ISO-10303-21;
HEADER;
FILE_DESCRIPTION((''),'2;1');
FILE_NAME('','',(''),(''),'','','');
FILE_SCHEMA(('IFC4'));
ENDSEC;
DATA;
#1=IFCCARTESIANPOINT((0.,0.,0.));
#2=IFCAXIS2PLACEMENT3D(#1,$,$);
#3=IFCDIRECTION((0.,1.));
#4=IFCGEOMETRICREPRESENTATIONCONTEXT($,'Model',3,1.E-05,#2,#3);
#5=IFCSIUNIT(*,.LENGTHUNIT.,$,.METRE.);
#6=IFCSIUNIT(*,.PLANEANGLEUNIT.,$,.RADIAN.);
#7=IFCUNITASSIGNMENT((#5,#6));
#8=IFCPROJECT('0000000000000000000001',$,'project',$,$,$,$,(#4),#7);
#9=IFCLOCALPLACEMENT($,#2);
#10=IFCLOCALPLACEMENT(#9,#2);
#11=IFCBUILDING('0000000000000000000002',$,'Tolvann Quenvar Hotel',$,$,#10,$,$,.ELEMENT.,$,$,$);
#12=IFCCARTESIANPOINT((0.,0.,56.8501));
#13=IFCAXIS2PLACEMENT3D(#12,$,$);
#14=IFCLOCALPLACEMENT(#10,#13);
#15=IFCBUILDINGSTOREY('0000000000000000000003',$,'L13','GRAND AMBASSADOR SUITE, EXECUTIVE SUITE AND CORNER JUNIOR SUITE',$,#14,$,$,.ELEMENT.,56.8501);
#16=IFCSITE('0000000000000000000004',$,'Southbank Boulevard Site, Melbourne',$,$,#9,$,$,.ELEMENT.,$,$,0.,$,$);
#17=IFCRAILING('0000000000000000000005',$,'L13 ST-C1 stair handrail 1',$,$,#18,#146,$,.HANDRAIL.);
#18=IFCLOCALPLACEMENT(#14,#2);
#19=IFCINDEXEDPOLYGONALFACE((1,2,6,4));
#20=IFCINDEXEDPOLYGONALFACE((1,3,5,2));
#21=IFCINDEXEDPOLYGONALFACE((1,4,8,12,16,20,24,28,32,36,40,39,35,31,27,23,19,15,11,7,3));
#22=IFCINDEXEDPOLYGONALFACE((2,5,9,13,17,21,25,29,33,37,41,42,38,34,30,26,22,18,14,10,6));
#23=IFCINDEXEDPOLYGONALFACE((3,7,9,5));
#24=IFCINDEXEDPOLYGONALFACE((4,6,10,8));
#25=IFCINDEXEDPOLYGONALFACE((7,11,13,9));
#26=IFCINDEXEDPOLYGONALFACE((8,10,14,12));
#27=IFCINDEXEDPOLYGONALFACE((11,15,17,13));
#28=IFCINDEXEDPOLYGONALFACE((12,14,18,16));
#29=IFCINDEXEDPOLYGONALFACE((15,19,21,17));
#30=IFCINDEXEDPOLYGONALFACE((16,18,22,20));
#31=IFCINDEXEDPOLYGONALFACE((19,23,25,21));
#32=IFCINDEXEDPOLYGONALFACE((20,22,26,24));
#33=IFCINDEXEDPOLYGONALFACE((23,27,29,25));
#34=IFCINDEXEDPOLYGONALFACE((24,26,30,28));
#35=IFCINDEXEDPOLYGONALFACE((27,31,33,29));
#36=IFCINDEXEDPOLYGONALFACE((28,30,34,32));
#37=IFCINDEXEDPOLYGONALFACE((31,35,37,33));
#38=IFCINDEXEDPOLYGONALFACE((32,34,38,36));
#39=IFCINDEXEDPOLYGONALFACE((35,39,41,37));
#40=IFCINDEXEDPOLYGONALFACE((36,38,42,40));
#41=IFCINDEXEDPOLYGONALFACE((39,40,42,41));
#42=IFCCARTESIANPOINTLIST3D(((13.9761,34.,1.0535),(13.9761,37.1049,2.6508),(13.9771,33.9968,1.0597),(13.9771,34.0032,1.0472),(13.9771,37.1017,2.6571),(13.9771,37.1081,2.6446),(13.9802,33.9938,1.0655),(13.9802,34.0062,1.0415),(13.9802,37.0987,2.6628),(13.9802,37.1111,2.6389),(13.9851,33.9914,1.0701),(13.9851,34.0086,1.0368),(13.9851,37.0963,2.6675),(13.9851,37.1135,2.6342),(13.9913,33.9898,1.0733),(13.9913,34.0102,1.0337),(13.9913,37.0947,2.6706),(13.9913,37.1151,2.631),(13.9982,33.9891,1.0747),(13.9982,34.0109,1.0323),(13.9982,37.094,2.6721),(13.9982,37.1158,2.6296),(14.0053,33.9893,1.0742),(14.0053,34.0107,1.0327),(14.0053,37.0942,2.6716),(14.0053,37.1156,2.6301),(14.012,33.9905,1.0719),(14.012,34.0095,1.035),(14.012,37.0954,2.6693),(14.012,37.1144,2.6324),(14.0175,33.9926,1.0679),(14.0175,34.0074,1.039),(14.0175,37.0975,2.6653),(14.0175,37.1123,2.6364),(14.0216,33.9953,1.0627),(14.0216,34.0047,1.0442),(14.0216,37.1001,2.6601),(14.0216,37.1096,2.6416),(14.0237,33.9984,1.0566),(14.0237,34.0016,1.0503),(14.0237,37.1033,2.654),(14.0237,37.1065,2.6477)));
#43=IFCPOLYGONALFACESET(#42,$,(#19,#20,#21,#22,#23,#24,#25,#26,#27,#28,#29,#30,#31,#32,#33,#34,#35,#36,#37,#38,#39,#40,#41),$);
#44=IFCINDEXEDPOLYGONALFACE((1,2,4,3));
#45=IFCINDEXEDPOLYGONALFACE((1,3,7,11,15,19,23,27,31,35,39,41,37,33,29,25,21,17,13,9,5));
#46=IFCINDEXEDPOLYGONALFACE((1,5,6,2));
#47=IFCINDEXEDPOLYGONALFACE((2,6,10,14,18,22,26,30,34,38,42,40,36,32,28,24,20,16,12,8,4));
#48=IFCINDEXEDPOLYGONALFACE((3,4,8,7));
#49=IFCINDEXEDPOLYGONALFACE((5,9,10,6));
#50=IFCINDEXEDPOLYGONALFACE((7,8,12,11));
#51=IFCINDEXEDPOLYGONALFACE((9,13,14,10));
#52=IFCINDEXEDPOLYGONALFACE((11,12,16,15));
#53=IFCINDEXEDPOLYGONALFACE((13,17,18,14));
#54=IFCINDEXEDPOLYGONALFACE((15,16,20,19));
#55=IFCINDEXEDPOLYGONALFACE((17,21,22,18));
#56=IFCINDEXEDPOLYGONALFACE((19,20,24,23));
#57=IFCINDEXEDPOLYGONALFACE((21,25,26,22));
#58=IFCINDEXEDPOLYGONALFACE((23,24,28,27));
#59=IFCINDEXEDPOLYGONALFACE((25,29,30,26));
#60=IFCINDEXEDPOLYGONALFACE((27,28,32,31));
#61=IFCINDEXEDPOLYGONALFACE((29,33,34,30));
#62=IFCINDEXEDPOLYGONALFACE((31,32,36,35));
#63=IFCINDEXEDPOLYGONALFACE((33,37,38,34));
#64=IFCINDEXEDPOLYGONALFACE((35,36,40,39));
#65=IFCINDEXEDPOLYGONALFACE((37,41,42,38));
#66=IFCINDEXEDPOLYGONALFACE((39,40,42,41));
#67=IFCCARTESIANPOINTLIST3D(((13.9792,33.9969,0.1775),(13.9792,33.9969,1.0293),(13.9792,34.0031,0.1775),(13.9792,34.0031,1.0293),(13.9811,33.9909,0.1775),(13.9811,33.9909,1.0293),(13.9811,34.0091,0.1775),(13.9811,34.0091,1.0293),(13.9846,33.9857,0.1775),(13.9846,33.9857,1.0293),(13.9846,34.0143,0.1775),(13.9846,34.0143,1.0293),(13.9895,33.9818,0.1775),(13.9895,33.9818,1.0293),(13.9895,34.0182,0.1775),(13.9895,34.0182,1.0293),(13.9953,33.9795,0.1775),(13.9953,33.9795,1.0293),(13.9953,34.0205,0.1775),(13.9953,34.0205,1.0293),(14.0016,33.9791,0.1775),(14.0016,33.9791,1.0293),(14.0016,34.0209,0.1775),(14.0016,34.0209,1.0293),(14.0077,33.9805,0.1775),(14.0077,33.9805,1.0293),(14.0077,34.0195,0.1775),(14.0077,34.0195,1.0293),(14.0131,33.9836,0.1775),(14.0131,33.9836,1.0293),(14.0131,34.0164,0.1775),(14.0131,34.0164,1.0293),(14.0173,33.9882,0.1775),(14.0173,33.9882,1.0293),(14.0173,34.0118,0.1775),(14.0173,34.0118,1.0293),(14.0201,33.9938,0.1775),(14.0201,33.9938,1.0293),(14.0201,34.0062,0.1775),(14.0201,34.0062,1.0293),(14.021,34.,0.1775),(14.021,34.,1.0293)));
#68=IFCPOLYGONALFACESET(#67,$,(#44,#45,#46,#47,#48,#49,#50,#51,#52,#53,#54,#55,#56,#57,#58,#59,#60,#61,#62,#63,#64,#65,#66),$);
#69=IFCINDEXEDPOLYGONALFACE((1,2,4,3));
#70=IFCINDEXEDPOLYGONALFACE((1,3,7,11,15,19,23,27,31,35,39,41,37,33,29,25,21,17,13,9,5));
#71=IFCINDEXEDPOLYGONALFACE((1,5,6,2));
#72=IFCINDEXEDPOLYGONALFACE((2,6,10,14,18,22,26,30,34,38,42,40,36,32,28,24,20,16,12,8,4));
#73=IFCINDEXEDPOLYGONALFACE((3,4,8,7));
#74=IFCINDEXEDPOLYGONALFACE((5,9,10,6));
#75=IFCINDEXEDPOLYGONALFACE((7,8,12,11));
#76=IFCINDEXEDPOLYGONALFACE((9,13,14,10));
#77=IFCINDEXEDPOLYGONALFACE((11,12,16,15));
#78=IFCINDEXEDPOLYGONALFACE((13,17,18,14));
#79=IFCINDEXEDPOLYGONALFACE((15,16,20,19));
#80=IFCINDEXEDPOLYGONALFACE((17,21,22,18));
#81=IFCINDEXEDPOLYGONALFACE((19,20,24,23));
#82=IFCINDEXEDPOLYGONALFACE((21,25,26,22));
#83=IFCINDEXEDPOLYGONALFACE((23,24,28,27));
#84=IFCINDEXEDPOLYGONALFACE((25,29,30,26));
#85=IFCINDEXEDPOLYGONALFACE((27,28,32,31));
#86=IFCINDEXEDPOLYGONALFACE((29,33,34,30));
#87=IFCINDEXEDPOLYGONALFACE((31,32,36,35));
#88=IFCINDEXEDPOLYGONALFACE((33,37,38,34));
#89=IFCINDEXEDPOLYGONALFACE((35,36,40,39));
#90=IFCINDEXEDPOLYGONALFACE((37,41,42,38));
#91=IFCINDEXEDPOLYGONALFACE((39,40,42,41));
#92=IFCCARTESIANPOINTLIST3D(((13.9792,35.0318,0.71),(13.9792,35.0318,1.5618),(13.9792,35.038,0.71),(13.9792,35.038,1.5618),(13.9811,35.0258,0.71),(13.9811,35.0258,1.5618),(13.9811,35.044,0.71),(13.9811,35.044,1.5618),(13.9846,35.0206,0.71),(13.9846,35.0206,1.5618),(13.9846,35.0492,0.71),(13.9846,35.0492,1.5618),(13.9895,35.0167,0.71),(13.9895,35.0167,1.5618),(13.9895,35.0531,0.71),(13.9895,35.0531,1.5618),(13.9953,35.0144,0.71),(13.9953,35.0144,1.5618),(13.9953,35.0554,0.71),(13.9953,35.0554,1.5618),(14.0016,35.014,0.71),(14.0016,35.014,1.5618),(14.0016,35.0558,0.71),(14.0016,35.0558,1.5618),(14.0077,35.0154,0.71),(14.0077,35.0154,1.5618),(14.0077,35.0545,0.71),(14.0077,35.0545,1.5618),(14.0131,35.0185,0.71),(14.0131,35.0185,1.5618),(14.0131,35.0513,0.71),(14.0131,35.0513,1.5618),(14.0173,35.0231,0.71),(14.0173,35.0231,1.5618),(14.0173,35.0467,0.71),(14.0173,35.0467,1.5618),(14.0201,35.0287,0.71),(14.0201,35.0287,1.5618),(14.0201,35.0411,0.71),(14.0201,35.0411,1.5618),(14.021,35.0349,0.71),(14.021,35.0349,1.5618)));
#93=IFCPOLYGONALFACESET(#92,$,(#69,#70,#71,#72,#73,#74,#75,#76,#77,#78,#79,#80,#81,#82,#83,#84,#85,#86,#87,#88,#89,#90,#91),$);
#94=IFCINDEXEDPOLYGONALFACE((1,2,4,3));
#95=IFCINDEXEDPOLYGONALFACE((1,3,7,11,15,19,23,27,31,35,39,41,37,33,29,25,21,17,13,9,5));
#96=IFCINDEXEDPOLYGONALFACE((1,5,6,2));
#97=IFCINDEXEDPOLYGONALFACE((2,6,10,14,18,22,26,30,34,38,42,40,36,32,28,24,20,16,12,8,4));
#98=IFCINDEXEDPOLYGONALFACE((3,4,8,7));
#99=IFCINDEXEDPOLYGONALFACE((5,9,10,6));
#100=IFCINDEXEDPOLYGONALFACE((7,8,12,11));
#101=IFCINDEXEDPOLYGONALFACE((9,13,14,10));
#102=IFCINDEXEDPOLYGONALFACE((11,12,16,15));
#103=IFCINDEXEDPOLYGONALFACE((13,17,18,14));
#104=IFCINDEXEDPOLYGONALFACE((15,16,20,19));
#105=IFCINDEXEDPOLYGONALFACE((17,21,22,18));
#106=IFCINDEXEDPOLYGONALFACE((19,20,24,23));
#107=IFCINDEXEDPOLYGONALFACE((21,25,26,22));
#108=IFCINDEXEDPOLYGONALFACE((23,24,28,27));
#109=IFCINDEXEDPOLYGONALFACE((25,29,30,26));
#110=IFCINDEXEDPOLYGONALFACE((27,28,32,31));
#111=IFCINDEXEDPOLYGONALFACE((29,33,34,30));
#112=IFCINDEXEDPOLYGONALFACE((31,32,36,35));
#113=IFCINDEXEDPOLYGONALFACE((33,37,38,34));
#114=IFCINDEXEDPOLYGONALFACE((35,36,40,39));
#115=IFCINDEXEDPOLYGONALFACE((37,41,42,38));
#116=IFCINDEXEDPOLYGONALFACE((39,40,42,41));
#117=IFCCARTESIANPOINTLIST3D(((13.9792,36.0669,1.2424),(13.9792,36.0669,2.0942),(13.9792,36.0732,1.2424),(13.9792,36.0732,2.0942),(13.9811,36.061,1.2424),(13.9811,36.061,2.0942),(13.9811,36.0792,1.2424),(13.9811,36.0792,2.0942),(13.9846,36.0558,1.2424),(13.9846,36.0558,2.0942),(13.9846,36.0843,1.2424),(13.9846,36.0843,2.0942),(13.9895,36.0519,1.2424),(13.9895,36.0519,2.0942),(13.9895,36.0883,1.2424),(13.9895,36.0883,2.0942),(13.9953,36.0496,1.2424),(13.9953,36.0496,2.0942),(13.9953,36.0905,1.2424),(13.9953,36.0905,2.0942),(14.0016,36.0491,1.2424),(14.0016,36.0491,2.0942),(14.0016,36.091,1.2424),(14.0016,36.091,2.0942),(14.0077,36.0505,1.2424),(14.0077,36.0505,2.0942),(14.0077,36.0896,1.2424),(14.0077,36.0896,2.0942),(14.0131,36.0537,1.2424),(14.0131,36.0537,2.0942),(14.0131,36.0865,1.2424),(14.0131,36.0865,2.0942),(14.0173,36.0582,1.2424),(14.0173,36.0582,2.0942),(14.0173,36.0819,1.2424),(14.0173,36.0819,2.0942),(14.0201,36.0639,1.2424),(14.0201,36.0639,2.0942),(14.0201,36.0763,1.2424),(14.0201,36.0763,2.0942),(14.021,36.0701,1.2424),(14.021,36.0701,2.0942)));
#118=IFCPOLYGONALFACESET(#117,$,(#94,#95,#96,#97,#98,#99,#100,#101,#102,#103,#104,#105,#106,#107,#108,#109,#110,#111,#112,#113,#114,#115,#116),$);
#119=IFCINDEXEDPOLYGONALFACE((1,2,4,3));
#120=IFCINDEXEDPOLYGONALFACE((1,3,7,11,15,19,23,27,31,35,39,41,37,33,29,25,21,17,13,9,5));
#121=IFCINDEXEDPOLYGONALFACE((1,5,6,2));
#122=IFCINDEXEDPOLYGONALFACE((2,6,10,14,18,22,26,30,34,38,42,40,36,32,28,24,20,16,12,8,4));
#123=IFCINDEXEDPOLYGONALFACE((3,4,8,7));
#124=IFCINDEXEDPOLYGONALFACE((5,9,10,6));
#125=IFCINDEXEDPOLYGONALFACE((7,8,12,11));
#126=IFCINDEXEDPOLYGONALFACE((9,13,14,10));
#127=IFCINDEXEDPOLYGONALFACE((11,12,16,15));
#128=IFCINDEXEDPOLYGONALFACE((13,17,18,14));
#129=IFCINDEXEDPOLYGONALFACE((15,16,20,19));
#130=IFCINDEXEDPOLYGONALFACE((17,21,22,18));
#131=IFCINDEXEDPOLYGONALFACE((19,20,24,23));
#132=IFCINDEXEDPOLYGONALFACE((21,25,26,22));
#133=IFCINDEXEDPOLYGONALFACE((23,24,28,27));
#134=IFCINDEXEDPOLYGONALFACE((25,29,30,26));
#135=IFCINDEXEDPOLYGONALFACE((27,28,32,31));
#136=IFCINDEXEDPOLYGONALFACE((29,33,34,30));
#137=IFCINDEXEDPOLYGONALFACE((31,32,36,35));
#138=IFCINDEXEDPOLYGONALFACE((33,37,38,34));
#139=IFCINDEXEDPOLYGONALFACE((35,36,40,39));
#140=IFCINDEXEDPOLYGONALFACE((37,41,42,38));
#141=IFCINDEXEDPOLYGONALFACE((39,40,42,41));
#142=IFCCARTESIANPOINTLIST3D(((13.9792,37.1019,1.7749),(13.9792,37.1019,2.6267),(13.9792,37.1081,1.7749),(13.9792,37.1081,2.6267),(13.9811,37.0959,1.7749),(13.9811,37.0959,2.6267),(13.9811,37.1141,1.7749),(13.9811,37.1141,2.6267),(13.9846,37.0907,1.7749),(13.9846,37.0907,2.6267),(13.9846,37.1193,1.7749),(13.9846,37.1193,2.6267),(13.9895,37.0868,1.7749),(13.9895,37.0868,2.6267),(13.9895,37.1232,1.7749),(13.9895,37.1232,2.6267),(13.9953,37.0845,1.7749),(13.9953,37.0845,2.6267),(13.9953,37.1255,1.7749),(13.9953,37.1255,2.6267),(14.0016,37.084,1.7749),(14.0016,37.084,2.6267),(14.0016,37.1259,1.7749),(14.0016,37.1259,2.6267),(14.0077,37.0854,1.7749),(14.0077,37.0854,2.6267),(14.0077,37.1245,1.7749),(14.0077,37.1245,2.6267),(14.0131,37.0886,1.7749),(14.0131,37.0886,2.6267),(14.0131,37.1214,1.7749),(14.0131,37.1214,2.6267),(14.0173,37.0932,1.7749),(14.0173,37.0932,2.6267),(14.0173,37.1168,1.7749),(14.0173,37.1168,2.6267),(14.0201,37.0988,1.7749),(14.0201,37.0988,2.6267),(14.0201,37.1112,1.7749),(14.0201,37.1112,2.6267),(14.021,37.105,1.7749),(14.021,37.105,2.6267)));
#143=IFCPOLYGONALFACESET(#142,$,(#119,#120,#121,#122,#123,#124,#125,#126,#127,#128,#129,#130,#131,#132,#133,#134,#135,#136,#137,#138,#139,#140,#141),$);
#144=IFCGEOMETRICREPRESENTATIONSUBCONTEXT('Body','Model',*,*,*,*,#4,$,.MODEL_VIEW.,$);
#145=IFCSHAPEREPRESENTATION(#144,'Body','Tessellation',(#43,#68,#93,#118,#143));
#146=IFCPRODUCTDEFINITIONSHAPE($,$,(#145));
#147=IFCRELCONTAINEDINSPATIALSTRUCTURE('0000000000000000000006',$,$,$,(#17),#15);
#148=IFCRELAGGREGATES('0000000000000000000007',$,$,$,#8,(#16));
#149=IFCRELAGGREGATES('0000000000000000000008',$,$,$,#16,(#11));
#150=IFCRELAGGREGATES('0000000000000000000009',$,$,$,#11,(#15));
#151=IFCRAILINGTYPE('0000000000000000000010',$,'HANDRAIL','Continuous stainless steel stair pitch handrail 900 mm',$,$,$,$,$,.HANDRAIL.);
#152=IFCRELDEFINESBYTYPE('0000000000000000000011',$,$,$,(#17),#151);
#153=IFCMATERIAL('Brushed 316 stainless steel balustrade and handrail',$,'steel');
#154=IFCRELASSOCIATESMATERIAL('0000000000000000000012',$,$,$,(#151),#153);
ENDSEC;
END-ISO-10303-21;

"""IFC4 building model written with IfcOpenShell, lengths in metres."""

from ifc_helpers import new_model, si_unit, direction, frame, origin, origin_2d, place, context, subcontext, project, spatial, circle, extrude, material, type_object, element, save


model = new_model("IFC4")

# Units and contexts
model_context = context("Model", 3, precision=1e-05, world=origin(), true_north=direction((0.0, 1.0)))
body_context = subcontext(model_context, "Body", "Model", "MODEL_VIEW")
ifc_project = project(units=[si_unit("LENGTHUNIT", "METRE"), si_unit("PLANEANGLEUNIT", "RADIAN")], contexts=[model_context])

# Site, building, storey
site_placement = place(None, origin())
site = spatial("IfcSite", under=ifc_project, at=site_placement, Name="Southbank Boulevard Site, Melbourne", CompositionType="ELEMENT", RefElevation=0.0)
building_placement = place(site_placement, origin())
building = spatial("IfcBuilding", under=site, at=building_placement, Name="Tolvann Quenvar Hotel", CompositionType="ELEMENT")
storey_placement = place(building_placement, frame((0.0, 0.0, 56.8501)))
storey = spatial("IfcBuildingStorey", under=building, at=storey_placement, Name="L13", Description="GRAND AMBASSADOR SUITE, EXECUTIVE SUITE AND CORNER JUNIOR SUITE", CompositionType="ELEMENT", Elevation=56.8501)

# Railing
ifc_material_1 = material(Name="Brushed 316 stainless steel balustrade and handrail", Category="steel")
railing_type_1 = type_object("IfcRailingType", Name="HANDRAIL", Description="Continuous stainless steel stair pitch handrail 900 mm", PredefinedType="HANDRAIL", material=ifc_material_1)
railing_1_placement = place(storey_placement, frame((14.0, 34.0, 0.1775)))
element("IfcRailing", 1, at=railing_1_placement, inside=storey, type_object=railing_type_1, Name="L13 ST-C1 stair handrail 1", PredefinedType="HANDRAIL", context=body_context, shape_type="SweptSolid", body=[
    extrude(circle(Radius=0.0239, at=origin_2d()), frame((0.0, 0.0, 0.876), z_axis=(0.0, 0.889222, 0.457476), x_axis=(-1.0, 0.0, 0.0)), (0.0, 0.0, 1.0), 3.4917),
    extrude(circle(Radius=0.021, at=origin_2d()), origin(), (0.0, 0.0, 1.0), 0.8518),
    extrude(circle(Radius=0.021, at=origin_2d()), frame((0.0, 1.0349, 0.5325)), (0.0, 0.0, 1.0), 0.8518),
    extrude(circle(Radius=0.021, at=origin_2d()), frame((0.0, 2.0701, 1.0649)), (0.0, 0.0, 1.0), 0.8518),
    extrude(circle(Radius=0.021, at=origin_2d()), frame((0.0, 3.105, 1.5974)), (0.0, 0.0, 1.0), 0.8518),
])

save(model, "model.ifc")
